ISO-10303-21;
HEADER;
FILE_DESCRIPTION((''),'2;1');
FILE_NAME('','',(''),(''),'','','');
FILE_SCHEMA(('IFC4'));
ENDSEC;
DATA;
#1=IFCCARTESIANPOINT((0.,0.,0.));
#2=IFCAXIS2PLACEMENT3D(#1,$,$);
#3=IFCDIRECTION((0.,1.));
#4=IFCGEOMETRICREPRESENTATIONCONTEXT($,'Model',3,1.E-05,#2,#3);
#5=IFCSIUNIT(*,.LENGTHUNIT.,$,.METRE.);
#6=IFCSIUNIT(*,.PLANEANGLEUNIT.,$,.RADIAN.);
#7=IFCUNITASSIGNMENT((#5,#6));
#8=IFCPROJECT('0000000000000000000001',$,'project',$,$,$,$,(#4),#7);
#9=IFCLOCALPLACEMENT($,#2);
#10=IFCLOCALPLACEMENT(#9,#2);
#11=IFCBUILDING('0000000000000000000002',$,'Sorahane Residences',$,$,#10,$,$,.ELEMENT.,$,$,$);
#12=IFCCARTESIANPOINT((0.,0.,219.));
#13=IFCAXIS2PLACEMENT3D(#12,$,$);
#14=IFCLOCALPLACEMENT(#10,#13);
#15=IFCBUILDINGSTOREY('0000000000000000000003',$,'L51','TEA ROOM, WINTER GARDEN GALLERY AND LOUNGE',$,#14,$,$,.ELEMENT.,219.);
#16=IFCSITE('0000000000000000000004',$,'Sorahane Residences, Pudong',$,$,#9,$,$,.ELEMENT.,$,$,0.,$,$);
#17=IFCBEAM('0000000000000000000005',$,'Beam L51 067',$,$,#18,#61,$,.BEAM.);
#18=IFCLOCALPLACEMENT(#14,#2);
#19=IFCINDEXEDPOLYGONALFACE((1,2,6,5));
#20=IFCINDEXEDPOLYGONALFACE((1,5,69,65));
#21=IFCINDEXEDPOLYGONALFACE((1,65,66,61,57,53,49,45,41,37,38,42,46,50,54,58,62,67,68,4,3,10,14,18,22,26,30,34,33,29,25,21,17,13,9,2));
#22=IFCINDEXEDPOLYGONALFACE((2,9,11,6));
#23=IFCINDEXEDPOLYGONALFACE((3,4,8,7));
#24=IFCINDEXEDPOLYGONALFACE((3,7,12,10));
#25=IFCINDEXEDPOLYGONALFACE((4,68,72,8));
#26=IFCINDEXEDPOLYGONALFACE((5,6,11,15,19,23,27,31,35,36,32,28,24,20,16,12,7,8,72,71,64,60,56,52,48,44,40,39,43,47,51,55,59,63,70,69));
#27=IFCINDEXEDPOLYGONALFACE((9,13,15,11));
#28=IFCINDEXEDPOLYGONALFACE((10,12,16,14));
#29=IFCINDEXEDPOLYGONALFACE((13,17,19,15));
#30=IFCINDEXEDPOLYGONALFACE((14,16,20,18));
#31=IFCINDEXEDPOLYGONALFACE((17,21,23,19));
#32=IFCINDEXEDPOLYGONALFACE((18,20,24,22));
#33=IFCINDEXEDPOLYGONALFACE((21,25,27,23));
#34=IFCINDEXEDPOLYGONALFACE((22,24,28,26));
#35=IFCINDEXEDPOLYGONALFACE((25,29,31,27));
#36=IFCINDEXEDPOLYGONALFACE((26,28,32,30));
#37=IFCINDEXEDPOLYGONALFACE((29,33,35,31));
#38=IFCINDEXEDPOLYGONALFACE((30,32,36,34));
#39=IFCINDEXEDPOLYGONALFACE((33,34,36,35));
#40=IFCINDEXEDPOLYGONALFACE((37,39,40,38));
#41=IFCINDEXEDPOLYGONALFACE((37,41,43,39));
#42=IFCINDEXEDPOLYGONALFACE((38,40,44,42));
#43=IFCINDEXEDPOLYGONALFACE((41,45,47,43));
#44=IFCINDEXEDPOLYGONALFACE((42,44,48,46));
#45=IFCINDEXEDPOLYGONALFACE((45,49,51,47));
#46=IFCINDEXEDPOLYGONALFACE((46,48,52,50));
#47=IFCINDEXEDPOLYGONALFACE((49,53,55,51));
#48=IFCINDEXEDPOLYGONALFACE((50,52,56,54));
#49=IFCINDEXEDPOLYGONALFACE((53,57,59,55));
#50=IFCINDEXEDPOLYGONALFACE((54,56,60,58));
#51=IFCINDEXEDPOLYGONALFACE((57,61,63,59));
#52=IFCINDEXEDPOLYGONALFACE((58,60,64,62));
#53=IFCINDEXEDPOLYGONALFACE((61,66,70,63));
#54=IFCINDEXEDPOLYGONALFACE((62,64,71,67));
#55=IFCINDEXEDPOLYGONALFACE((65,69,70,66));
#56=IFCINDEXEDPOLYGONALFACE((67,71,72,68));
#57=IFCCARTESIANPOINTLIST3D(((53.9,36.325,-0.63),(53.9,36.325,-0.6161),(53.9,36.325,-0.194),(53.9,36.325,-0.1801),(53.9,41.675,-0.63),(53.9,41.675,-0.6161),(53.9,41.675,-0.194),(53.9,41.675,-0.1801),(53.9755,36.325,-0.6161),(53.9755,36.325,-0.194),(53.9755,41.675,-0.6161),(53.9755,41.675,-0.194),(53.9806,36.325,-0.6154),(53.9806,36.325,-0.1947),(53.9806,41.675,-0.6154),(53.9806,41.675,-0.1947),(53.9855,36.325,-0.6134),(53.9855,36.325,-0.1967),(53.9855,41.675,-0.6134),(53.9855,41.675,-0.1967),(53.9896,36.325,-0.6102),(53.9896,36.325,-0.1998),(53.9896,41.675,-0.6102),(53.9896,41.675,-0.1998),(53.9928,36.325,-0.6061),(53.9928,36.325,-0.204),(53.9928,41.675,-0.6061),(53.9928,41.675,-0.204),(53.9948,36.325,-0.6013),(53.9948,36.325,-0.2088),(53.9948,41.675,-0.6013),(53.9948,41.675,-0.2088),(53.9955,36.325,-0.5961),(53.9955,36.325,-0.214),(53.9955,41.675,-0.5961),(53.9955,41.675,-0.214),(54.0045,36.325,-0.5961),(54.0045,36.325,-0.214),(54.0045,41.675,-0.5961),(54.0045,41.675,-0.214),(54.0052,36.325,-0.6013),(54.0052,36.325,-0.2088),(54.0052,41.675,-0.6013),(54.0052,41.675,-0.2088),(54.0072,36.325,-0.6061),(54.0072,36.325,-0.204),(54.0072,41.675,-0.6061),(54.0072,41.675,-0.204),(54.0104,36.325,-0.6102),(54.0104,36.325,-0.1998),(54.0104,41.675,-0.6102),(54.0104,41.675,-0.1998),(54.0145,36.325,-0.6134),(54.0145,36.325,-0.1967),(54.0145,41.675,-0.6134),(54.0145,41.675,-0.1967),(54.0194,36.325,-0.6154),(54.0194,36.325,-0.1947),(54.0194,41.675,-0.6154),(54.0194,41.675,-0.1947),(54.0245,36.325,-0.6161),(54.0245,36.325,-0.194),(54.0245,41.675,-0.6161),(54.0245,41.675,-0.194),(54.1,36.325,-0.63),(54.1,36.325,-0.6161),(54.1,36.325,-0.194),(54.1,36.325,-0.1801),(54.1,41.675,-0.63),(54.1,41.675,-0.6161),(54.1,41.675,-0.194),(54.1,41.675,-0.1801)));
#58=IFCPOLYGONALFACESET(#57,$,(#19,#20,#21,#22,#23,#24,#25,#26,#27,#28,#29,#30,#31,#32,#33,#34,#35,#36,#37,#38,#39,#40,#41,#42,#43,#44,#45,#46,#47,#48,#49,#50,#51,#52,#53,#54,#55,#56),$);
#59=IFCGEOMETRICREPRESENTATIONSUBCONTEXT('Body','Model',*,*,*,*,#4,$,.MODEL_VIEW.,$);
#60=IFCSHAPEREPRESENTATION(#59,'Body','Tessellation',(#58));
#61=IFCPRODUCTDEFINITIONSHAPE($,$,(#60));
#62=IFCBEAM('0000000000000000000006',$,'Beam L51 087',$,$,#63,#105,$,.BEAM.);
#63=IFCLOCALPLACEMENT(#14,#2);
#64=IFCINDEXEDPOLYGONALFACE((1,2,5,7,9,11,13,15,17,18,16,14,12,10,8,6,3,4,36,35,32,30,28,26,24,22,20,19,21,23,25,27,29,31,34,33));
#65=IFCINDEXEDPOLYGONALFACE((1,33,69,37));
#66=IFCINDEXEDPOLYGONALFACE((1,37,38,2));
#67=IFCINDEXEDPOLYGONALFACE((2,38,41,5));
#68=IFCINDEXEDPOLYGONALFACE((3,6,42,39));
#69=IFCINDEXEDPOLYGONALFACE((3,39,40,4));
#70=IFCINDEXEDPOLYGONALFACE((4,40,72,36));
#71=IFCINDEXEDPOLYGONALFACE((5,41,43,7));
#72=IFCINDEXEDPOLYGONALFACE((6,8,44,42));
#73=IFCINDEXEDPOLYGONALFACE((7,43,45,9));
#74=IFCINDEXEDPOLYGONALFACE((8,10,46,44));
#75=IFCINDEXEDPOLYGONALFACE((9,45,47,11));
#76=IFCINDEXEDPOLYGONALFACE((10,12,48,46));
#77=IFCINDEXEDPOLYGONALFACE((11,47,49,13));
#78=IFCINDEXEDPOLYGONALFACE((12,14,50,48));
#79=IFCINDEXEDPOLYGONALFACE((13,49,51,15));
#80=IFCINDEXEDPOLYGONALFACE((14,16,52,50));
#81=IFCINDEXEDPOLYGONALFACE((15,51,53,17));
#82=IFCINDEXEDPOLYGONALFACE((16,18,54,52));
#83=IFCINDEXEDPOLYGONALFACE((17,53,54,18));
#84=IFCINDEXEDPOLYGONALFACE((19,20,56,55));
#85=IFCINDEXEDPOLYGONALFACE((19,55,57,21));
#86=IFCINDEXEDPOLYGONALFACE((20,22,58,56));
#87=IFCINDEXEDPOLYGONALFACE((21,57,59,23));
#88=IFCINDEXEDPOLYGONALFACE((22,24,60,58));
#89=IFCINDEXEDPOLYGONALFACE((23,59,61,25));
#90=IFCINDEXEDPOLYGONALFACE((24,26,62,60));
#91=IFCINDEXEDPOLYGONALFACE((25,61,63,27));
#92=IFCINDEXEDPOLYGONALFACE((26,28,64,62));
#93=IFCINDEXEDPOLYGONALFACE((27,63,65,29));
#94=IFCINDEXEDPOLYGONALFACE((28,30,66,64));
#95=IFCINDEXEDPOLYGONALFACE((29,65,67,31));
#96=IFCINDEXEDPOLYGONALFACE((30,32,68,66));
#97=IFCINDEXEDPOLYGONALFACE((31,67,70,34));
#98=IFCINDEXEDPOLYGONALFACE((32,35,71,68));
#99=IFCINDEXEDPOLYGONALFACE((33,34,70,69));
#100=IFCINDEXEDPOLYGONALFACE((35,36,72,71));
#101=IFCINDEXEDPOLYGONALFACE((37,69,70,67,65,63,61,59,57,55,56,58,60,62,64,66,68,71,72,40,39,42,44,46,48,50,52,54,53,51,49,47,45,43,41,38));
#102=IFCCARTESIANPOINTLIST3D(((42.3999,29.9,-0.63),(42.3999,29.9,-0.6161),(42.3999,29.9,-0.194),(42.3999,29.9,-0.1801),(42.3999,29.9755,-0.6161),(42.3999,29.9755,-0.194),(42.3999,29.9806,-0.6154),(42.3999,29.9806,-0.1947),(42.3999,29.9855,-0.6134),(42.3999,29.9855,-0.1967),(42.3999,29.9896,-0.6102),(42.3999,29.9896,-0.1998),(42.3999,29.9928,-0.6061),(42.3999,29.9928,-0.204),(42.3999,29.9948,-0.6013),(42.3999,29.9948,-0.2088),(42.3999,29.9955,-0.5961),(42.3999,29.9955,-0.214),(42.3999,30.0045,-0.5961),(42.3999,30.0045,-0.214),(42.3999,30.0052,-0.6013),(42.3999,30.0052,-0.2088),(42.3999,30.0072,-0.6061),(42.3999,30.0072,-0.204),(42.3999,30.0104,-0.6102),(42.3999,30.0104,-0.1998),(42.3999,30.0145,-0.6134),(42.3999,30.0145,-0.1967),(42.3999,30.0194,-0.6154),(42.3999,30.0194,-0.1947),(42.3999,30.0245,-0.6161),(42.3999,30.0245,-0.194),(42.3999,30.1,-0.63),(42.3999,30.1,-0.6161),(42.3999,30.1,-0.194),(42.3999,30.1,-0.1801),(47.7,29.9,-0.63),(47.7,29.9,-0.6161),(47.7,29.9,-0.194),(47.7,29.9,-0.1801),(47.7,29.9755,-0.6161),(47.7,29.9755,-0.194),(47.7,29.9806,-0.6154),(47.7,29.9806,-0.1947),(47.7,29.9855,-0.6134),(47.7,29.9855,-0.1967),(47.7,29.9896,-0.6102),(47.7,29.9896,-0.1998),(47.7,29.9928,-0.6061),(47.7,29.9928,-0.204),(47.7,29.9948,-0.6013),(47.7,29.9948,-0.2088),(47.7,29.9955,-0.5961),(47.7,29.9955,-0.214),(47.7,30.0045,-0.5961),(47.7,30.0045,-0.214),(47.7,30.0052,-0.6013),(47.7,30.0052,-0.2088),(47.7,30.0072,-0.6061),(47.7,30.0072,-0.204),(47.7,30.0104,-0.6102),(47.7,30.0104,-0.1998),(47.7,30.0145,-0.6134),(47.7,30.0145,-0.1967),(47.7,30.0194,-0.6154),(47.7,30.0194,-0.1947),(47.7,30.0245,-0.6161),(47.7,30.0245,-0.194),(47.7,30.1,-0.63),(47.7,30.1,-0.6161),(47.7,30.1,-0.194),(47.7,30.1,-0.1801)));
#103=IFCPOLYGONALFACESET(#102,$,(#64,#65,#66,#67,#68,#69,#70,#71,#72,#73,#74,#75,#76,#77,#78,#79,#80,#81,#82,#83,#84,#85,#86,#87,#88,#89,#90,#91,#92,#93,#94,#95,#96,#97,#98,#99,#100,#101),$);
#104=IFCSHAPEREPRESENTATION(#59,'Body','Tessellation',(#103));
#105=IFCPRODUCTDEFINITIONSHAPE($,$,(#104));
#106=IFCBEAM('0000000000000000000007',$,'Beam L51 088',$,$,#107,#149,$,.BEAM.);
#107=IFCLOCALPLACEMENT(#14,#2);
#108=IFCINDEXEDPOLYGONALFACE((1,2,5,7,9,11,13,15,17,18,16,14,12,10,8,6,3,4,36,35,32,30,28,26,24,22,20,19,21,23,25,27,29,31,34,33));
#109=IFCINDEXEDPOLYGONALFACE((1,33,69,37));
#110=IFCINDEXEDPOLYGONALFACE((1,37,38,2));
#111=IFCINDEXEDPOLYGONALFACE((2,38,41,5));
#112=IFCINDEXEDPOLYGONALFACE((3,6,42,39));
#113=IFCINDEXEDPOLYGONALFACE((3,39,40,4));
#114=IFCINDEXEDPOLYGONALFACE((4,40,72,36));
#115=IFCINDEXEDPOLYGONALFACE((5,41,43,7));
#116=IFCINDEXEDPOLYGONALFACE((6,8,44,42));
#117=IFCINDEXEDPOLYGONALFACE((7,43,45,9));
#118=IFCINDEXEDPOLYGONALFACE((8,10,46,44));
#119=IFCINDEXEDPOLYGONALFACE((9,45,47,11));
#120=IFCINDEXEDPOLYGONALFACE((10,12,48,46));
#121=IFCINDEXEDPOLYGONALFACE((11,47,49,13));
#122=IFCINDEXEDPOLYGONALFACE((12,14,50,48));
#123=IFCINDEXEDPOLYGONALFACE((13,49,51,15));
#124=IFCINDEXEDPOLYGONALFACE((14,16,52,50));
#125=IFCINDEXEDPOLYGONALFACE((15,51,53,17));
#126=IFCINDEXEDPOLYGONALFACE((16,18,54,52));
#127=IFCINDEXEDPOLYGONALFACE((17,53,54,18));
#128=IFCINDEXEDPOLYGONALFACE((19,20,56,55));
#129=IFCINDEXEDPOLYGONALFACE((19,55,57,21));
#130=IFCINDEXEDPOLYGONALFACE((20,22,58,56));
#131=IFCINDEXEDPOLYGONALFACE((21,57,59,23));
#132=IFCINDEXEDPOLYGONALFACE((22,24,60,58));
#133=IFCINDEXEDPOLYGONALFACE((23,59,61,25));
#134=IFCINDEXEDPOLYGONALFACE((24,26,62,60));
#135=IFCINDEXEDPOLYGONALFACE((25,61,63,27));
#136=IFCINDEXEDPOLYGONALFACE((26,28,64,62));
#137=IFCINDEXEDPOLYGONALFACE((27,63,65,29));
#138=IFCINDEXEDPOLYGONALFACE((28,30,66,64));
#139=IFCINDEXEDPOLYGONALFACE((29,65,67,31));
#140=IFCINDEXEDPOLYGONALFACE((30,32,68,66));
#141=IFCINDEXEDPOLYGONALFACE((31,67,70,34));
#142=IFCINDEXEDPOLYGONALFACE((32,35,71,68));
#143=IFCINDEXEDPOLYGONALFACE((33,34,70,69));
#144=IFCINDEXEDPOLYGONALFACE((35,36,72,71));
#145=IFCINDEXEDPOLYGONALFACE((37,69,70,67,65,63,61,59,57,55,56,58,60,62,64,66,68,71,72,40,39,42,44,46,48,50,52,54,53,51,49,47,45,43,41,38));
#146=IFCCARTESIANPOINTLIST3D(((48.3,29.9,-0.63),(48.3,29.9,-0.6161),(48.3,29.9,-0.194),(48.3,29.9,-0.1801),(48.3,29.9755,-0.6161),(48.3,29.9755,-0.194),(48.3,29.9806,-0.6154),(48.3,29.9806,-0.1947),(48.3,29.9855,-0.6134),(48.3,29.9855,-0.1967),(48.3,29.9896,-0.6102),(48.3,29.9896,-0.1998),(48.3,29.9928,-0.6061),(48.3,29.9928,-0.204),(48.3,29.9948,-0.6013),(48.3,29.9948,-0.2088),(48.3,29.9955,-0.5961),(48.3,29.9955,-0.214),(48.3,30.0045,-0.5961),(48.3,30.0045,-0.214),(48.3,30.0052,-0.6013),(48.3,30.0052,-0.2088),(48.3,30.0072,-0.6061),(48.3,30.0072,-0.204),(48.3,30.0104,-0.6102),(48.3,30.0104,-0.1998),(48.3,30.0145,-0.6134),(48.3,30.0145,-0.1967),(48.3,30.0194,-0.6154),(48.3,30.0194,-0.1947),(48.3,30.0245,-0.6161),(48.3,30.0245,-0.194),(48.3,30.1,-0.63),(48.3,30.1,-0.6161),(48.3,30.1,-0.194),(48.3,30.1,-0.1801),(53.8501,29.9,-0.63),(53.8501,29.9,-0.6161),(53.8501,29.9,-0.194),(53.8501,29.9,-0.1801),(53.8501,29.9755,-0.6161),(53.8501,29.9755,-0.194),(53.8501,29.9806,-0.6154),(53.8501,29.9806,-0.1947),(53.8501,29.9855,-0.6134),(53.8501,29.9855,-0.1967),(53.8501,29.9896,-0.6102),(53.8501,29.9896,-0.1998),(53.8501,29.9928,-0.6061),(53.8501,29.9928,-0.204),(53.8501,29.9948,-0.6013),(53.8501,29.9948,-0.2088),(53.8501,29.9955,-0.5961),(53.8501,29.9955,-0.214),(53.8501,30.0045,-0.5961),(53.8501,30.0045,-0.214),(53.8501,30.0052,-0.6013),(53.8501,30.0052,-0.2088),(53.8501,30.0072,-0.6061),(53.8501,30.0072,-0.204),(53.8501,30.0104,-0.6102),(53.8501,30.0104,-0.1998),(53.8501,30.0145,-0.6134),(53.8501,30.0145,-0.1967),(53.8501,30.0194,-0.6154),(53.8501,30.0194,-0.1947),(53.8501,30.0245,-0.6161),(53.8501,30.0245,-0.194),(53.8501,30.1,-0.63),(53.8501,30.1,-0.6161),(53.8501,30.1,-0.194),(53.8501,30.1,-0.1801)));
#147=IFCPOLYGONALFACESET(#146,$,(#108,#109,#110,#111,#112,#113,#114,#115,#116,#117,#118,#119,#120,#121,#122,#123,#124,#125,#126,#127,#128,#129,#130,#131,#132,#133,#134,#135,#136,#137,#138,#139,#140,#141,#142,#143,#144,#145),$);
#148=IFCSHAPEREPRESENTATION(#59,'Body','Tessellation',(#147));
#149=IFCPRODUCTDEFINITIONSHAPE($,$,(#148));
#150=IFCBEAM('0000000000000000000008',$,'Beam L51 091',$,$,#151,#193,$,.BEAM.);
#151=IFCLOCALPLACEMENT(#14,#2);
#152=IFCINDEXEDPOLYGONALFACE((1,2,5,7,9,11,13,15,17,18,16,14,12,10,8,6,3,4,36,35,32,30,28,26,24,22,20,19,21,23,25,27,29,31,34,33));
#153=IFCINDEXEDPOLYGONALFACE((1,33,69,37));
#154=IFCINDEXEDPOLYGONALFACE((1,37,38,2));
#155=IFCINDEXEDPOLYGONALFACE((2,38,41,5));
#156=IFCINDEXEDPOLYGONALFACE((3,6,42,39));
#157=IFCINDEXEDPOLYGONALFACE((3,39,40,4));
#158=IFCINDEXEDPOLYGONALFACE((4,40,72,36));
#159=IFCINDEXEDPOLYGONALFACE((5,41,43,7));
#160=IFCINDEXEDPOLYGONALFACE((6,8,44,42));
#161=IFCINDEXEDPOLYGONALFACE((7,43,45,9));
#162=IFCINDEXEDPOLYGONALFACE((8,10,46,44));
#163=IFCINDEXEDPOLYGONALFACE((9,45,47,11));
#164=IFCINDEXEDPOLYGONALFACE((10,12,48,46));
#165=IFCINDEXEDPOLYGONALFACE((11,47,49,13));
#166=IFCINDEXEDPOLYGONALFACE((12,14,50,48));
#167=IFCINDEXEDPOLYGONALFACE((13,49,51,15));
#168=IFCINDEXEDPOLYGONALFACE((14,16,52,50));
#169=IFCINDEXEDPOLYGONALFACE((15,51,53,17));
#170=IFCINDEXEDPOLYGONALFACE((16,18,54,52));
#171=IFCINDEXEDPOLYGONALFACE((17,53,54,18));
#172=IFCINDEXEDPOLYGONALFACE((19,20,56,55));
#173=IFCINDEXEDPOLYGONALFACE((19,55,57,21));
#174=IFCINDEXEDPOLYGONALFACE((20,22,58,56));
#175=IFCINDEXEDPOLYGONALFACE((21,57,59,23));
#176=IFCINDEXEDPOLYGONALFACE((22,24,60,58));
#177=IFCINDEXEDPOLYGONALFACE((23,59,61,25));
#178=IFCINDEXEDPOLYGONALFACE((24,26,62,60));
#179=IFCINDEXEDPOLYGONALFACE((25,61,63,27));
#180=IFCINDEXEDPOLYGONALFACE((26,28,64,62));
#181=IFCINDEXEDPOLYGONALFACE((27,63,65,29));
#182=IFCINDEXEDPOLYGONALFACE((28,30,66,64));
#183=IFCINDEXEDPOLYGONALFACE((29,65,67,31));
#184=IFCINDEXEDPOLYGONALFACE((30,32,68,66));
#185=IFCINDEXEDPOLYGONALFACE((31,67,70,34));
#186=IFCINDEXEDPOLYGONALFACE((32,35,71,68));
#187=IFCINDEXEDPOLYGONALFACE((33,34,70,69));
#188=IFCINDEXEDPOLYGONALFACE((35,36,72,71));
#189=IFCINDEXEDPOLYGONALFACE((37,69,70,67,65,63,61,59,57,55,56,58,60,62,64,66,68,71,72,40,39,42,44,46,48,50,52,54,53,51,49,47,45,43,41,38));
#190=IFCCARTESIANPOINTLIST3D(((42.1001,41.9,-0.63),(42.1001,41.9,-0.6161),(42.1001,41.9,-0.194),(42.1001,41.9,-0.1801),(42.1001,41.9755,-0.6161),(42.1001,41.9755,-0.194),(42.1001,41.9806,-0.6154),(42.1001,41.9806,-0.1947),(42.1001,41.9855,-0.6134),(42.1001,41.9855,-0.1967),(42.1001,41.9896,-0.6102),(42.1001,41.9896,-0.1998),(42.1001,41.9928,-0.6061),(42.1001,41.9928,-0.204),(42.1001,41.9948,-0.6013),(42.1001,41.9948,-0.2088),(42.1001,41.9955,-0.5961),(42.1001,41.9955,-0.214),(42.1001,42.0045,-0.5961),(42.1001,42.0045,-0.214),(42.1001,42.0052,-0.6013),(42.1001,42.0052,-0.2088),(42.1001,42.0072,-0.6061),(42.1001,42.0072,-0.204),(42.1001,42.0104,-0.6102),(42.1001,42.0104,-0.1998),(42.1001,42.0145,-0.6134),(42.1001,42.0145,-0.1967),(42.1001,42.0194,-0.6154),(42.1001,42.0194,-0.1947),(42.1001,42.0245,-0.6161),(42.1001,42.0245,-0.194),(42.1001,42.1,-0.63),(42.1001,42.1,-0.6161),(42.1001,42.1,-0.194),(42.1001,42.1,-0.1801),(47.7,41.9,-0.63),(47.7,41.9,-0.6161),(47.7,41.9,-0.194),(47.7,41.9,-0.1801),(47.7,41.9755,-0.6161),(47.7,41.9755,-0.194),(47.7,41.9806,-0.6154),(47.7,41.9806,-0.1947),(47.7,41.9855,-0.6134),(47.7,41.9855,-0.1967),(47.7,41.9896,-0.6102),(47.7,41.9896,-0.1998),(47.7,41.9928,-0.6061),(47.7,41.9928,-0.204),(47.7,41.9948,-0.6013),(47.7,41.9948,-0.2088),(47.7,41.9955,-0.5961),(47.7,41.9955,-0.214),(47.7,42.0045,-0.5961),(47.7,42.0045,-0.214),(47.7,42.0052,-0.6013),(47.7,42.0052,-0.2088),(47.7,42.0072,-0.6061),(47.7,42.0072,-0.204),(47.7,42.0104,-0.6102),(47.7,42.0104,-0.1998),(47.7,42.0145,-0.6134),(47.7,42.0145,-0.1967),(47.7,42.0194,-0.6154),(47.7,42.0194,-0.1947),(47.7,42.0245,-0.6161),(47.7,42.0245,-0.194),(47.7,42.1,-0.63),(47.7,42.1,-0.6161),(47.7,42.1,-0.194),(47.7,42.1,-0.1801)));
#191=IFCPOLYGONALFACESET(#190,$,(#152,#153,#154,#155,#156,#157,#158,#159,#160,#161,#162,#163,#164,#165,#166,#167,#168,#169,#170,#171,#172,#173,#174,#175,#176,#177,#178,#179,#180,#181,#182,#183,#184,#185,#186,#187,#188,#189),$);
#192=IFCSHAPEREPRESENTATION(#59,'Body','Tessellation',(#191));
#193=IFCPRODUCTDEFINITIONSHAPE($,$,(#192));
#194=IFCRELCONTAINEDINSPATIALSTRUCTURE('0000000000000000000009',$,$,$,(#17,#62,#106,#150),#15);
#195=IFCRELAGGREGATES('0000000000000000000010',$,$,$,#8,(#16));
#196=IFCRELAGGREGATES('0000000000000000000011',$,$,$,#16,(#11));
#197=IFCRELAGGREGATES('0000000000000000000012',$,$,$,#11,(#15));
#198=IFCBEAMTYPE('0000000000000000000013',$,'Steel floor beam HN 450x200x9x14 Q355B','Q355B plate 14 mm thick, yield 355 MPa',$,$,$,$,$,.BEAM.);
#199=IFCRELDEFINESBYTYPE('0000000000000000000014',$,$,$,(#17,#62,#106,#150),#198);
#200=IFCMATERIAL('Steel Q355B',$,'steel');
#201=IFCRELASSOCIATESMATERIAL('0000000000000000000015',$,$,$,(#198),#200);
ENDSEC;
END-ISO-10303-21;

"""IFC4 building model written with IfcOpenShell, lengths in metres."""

from ifc_helpers import new_model, si_unit, direction, frame, origin, origin_2d, place, context, subcontext, project, spatial, i_section, extrude, material, material_profile, profile_set, type_object, element, save


model = new_model("IFC4")

# Units and contexts
model_context = context("Model", 3, precision=1e-05, world=origin(), true_north=direction((0.0, 1.0)))
body_context = subcontext(model_context, "Body", "Model", "MODEL_VIEW")
ifc_project = project(units=[si_unit("LENGTHUNIT", "METRE"), si_unit("PLANEANGLEUNIT", "RADIAN")], contexts=[model_context])

# Site, building, storey
site_placement = place(None, origin())
site = spatial("IfcSite", under=ifc_project, at=site_placement, Name="Sorahane Residences, Pudong", CompositionType="ELEMENT", RefElevation=0.0)
building_placement = place(site_placement, origin())
building = spatial("IfcBuilding", under=site, at=building_placement, Name="Sorahane Residences", CompositionType="ELEMENT")
storey_placement = place(building_placement, frame((0.0, 0.0, 219.0)))
storey = spatial("IfcBuildingStorey", under=building, at=storey_placement, Name="L51", Description="TEA ROOM, WINTER GARDEN GALLERY AND LOUNGE", CompositionType="ELEMENT", Elevation=219.0)

# Beams
ifc_material_1 = material(Name="Steel Q355B", Category="steel")
ifc_material_profile_1 = material_profile(ifc_material_1, i_section(OverallWidth=0.2, OverallDepth=0.45, WebThickness=0.009, FlangeThickness=0.0139, FilletRadius=0.02, at=origin_2d()), Name="HN 450x200x9x14")
ifc_profile_set_1 = profile_set([ifc_material_profile_1], Name="Steel Q355B")
beam_type_1 = type_object("IfcBeamType", Name="Steel floor beam HN 450x200x9x14 Q355B", Description="Q355B plate 14 mm thick, yield 355 MPa", PredefinedType="BEAM", material=ifc_profile_set_1)
beam_1_placement = place(storey_placement, frame((54.0, 36.325, -0.405), z_axis=(0.0, 1.0, 0.0), x_axis=(-1.0, 0.0, 0.0)))
element("IfcBeam", 1, at=beam_1_placement, inside=storey, type_object=beam_type_1, Name="Beam L51 067", PredefinedType="BEAM", context=body_context, shape_type="SweptSolid", body=[
    extrude(i_section(OverallWidth=0.2, OverallDepth=0.45, WebThickness=0.009, FlangeThickness=0.0139, FilletRadius=0.02, at=origin_2d()), origin(), (0.0, 0.0, 1.0), 5.3501),
])
beam_2_placement = place(storey_placement, frame((42.3999, 30.0, -0.405), z_axis=(1.0, 0.0, 0.0), x_axis=(0.0, 1.0, 0.0)))
element("IfcBeam", 2, at=beam_2_placement, inside=storey, type_object=beam_type_1, Name="Beam L51 087", PredefinedType="BEAM", context=body_context, shape_type="SweptSolid", body=[
    extrude(i_section(OverallWidth=0.2, OverallDepth=0.45, WebThickness=0.009, FlangeThickness=0.0139, FilletRadius=0.02, at=origin_2d()), origin(), (0.0, 0.0, 1.0), 5.3),
])
beam_3_placement = place(storey_placement, frame((48.3, 30.0, -0.405), z_axis=(1.0, 0.0, 0.0), x_axis=(0.0, 1.0, 0.0)))
element("IfcBeam", 3, at=beam_3_placement, inside=storey, type_object=beam_type_1, Name="Beam L51 088", PredefinedType="BEAM", context=body_context, shape_type="SweptSolid", body=[
    extrude(i_section(OverallWidth=0.2, OverallDepth=0.45, WebThickness=0.009, FlangeThickness=0.0139, FilletRadius=0.02, at=origin_2d()), origin(), (0.0, 0.0, 1.0), 5.55),
])
beam_4_placement = place(storey_placement, frame((42.1001, 42.0, -0.405), z_axis=(1.0, 0.0, 0.0), x_axis=(0.0, 1.0, 0.0)))
element("IfcBeam", 4, at=beam_4_placement, inside=storey, type_object=beam_type_1, Name="Beam L51 091", PredefinedType="BEAM", context=body_context, shape_type="SweptSolid", body=[
    extrude(i_section(OverallWidth=0.2, OverallDepth=0.45, WebThickness=0.009, FlangeThickness=0.0139, FilletRadius=0.02, at=origin_2d()), origin(), (0.0, 0.0, 1.0), 5.5999),
])

save(model, "model.ifc")
